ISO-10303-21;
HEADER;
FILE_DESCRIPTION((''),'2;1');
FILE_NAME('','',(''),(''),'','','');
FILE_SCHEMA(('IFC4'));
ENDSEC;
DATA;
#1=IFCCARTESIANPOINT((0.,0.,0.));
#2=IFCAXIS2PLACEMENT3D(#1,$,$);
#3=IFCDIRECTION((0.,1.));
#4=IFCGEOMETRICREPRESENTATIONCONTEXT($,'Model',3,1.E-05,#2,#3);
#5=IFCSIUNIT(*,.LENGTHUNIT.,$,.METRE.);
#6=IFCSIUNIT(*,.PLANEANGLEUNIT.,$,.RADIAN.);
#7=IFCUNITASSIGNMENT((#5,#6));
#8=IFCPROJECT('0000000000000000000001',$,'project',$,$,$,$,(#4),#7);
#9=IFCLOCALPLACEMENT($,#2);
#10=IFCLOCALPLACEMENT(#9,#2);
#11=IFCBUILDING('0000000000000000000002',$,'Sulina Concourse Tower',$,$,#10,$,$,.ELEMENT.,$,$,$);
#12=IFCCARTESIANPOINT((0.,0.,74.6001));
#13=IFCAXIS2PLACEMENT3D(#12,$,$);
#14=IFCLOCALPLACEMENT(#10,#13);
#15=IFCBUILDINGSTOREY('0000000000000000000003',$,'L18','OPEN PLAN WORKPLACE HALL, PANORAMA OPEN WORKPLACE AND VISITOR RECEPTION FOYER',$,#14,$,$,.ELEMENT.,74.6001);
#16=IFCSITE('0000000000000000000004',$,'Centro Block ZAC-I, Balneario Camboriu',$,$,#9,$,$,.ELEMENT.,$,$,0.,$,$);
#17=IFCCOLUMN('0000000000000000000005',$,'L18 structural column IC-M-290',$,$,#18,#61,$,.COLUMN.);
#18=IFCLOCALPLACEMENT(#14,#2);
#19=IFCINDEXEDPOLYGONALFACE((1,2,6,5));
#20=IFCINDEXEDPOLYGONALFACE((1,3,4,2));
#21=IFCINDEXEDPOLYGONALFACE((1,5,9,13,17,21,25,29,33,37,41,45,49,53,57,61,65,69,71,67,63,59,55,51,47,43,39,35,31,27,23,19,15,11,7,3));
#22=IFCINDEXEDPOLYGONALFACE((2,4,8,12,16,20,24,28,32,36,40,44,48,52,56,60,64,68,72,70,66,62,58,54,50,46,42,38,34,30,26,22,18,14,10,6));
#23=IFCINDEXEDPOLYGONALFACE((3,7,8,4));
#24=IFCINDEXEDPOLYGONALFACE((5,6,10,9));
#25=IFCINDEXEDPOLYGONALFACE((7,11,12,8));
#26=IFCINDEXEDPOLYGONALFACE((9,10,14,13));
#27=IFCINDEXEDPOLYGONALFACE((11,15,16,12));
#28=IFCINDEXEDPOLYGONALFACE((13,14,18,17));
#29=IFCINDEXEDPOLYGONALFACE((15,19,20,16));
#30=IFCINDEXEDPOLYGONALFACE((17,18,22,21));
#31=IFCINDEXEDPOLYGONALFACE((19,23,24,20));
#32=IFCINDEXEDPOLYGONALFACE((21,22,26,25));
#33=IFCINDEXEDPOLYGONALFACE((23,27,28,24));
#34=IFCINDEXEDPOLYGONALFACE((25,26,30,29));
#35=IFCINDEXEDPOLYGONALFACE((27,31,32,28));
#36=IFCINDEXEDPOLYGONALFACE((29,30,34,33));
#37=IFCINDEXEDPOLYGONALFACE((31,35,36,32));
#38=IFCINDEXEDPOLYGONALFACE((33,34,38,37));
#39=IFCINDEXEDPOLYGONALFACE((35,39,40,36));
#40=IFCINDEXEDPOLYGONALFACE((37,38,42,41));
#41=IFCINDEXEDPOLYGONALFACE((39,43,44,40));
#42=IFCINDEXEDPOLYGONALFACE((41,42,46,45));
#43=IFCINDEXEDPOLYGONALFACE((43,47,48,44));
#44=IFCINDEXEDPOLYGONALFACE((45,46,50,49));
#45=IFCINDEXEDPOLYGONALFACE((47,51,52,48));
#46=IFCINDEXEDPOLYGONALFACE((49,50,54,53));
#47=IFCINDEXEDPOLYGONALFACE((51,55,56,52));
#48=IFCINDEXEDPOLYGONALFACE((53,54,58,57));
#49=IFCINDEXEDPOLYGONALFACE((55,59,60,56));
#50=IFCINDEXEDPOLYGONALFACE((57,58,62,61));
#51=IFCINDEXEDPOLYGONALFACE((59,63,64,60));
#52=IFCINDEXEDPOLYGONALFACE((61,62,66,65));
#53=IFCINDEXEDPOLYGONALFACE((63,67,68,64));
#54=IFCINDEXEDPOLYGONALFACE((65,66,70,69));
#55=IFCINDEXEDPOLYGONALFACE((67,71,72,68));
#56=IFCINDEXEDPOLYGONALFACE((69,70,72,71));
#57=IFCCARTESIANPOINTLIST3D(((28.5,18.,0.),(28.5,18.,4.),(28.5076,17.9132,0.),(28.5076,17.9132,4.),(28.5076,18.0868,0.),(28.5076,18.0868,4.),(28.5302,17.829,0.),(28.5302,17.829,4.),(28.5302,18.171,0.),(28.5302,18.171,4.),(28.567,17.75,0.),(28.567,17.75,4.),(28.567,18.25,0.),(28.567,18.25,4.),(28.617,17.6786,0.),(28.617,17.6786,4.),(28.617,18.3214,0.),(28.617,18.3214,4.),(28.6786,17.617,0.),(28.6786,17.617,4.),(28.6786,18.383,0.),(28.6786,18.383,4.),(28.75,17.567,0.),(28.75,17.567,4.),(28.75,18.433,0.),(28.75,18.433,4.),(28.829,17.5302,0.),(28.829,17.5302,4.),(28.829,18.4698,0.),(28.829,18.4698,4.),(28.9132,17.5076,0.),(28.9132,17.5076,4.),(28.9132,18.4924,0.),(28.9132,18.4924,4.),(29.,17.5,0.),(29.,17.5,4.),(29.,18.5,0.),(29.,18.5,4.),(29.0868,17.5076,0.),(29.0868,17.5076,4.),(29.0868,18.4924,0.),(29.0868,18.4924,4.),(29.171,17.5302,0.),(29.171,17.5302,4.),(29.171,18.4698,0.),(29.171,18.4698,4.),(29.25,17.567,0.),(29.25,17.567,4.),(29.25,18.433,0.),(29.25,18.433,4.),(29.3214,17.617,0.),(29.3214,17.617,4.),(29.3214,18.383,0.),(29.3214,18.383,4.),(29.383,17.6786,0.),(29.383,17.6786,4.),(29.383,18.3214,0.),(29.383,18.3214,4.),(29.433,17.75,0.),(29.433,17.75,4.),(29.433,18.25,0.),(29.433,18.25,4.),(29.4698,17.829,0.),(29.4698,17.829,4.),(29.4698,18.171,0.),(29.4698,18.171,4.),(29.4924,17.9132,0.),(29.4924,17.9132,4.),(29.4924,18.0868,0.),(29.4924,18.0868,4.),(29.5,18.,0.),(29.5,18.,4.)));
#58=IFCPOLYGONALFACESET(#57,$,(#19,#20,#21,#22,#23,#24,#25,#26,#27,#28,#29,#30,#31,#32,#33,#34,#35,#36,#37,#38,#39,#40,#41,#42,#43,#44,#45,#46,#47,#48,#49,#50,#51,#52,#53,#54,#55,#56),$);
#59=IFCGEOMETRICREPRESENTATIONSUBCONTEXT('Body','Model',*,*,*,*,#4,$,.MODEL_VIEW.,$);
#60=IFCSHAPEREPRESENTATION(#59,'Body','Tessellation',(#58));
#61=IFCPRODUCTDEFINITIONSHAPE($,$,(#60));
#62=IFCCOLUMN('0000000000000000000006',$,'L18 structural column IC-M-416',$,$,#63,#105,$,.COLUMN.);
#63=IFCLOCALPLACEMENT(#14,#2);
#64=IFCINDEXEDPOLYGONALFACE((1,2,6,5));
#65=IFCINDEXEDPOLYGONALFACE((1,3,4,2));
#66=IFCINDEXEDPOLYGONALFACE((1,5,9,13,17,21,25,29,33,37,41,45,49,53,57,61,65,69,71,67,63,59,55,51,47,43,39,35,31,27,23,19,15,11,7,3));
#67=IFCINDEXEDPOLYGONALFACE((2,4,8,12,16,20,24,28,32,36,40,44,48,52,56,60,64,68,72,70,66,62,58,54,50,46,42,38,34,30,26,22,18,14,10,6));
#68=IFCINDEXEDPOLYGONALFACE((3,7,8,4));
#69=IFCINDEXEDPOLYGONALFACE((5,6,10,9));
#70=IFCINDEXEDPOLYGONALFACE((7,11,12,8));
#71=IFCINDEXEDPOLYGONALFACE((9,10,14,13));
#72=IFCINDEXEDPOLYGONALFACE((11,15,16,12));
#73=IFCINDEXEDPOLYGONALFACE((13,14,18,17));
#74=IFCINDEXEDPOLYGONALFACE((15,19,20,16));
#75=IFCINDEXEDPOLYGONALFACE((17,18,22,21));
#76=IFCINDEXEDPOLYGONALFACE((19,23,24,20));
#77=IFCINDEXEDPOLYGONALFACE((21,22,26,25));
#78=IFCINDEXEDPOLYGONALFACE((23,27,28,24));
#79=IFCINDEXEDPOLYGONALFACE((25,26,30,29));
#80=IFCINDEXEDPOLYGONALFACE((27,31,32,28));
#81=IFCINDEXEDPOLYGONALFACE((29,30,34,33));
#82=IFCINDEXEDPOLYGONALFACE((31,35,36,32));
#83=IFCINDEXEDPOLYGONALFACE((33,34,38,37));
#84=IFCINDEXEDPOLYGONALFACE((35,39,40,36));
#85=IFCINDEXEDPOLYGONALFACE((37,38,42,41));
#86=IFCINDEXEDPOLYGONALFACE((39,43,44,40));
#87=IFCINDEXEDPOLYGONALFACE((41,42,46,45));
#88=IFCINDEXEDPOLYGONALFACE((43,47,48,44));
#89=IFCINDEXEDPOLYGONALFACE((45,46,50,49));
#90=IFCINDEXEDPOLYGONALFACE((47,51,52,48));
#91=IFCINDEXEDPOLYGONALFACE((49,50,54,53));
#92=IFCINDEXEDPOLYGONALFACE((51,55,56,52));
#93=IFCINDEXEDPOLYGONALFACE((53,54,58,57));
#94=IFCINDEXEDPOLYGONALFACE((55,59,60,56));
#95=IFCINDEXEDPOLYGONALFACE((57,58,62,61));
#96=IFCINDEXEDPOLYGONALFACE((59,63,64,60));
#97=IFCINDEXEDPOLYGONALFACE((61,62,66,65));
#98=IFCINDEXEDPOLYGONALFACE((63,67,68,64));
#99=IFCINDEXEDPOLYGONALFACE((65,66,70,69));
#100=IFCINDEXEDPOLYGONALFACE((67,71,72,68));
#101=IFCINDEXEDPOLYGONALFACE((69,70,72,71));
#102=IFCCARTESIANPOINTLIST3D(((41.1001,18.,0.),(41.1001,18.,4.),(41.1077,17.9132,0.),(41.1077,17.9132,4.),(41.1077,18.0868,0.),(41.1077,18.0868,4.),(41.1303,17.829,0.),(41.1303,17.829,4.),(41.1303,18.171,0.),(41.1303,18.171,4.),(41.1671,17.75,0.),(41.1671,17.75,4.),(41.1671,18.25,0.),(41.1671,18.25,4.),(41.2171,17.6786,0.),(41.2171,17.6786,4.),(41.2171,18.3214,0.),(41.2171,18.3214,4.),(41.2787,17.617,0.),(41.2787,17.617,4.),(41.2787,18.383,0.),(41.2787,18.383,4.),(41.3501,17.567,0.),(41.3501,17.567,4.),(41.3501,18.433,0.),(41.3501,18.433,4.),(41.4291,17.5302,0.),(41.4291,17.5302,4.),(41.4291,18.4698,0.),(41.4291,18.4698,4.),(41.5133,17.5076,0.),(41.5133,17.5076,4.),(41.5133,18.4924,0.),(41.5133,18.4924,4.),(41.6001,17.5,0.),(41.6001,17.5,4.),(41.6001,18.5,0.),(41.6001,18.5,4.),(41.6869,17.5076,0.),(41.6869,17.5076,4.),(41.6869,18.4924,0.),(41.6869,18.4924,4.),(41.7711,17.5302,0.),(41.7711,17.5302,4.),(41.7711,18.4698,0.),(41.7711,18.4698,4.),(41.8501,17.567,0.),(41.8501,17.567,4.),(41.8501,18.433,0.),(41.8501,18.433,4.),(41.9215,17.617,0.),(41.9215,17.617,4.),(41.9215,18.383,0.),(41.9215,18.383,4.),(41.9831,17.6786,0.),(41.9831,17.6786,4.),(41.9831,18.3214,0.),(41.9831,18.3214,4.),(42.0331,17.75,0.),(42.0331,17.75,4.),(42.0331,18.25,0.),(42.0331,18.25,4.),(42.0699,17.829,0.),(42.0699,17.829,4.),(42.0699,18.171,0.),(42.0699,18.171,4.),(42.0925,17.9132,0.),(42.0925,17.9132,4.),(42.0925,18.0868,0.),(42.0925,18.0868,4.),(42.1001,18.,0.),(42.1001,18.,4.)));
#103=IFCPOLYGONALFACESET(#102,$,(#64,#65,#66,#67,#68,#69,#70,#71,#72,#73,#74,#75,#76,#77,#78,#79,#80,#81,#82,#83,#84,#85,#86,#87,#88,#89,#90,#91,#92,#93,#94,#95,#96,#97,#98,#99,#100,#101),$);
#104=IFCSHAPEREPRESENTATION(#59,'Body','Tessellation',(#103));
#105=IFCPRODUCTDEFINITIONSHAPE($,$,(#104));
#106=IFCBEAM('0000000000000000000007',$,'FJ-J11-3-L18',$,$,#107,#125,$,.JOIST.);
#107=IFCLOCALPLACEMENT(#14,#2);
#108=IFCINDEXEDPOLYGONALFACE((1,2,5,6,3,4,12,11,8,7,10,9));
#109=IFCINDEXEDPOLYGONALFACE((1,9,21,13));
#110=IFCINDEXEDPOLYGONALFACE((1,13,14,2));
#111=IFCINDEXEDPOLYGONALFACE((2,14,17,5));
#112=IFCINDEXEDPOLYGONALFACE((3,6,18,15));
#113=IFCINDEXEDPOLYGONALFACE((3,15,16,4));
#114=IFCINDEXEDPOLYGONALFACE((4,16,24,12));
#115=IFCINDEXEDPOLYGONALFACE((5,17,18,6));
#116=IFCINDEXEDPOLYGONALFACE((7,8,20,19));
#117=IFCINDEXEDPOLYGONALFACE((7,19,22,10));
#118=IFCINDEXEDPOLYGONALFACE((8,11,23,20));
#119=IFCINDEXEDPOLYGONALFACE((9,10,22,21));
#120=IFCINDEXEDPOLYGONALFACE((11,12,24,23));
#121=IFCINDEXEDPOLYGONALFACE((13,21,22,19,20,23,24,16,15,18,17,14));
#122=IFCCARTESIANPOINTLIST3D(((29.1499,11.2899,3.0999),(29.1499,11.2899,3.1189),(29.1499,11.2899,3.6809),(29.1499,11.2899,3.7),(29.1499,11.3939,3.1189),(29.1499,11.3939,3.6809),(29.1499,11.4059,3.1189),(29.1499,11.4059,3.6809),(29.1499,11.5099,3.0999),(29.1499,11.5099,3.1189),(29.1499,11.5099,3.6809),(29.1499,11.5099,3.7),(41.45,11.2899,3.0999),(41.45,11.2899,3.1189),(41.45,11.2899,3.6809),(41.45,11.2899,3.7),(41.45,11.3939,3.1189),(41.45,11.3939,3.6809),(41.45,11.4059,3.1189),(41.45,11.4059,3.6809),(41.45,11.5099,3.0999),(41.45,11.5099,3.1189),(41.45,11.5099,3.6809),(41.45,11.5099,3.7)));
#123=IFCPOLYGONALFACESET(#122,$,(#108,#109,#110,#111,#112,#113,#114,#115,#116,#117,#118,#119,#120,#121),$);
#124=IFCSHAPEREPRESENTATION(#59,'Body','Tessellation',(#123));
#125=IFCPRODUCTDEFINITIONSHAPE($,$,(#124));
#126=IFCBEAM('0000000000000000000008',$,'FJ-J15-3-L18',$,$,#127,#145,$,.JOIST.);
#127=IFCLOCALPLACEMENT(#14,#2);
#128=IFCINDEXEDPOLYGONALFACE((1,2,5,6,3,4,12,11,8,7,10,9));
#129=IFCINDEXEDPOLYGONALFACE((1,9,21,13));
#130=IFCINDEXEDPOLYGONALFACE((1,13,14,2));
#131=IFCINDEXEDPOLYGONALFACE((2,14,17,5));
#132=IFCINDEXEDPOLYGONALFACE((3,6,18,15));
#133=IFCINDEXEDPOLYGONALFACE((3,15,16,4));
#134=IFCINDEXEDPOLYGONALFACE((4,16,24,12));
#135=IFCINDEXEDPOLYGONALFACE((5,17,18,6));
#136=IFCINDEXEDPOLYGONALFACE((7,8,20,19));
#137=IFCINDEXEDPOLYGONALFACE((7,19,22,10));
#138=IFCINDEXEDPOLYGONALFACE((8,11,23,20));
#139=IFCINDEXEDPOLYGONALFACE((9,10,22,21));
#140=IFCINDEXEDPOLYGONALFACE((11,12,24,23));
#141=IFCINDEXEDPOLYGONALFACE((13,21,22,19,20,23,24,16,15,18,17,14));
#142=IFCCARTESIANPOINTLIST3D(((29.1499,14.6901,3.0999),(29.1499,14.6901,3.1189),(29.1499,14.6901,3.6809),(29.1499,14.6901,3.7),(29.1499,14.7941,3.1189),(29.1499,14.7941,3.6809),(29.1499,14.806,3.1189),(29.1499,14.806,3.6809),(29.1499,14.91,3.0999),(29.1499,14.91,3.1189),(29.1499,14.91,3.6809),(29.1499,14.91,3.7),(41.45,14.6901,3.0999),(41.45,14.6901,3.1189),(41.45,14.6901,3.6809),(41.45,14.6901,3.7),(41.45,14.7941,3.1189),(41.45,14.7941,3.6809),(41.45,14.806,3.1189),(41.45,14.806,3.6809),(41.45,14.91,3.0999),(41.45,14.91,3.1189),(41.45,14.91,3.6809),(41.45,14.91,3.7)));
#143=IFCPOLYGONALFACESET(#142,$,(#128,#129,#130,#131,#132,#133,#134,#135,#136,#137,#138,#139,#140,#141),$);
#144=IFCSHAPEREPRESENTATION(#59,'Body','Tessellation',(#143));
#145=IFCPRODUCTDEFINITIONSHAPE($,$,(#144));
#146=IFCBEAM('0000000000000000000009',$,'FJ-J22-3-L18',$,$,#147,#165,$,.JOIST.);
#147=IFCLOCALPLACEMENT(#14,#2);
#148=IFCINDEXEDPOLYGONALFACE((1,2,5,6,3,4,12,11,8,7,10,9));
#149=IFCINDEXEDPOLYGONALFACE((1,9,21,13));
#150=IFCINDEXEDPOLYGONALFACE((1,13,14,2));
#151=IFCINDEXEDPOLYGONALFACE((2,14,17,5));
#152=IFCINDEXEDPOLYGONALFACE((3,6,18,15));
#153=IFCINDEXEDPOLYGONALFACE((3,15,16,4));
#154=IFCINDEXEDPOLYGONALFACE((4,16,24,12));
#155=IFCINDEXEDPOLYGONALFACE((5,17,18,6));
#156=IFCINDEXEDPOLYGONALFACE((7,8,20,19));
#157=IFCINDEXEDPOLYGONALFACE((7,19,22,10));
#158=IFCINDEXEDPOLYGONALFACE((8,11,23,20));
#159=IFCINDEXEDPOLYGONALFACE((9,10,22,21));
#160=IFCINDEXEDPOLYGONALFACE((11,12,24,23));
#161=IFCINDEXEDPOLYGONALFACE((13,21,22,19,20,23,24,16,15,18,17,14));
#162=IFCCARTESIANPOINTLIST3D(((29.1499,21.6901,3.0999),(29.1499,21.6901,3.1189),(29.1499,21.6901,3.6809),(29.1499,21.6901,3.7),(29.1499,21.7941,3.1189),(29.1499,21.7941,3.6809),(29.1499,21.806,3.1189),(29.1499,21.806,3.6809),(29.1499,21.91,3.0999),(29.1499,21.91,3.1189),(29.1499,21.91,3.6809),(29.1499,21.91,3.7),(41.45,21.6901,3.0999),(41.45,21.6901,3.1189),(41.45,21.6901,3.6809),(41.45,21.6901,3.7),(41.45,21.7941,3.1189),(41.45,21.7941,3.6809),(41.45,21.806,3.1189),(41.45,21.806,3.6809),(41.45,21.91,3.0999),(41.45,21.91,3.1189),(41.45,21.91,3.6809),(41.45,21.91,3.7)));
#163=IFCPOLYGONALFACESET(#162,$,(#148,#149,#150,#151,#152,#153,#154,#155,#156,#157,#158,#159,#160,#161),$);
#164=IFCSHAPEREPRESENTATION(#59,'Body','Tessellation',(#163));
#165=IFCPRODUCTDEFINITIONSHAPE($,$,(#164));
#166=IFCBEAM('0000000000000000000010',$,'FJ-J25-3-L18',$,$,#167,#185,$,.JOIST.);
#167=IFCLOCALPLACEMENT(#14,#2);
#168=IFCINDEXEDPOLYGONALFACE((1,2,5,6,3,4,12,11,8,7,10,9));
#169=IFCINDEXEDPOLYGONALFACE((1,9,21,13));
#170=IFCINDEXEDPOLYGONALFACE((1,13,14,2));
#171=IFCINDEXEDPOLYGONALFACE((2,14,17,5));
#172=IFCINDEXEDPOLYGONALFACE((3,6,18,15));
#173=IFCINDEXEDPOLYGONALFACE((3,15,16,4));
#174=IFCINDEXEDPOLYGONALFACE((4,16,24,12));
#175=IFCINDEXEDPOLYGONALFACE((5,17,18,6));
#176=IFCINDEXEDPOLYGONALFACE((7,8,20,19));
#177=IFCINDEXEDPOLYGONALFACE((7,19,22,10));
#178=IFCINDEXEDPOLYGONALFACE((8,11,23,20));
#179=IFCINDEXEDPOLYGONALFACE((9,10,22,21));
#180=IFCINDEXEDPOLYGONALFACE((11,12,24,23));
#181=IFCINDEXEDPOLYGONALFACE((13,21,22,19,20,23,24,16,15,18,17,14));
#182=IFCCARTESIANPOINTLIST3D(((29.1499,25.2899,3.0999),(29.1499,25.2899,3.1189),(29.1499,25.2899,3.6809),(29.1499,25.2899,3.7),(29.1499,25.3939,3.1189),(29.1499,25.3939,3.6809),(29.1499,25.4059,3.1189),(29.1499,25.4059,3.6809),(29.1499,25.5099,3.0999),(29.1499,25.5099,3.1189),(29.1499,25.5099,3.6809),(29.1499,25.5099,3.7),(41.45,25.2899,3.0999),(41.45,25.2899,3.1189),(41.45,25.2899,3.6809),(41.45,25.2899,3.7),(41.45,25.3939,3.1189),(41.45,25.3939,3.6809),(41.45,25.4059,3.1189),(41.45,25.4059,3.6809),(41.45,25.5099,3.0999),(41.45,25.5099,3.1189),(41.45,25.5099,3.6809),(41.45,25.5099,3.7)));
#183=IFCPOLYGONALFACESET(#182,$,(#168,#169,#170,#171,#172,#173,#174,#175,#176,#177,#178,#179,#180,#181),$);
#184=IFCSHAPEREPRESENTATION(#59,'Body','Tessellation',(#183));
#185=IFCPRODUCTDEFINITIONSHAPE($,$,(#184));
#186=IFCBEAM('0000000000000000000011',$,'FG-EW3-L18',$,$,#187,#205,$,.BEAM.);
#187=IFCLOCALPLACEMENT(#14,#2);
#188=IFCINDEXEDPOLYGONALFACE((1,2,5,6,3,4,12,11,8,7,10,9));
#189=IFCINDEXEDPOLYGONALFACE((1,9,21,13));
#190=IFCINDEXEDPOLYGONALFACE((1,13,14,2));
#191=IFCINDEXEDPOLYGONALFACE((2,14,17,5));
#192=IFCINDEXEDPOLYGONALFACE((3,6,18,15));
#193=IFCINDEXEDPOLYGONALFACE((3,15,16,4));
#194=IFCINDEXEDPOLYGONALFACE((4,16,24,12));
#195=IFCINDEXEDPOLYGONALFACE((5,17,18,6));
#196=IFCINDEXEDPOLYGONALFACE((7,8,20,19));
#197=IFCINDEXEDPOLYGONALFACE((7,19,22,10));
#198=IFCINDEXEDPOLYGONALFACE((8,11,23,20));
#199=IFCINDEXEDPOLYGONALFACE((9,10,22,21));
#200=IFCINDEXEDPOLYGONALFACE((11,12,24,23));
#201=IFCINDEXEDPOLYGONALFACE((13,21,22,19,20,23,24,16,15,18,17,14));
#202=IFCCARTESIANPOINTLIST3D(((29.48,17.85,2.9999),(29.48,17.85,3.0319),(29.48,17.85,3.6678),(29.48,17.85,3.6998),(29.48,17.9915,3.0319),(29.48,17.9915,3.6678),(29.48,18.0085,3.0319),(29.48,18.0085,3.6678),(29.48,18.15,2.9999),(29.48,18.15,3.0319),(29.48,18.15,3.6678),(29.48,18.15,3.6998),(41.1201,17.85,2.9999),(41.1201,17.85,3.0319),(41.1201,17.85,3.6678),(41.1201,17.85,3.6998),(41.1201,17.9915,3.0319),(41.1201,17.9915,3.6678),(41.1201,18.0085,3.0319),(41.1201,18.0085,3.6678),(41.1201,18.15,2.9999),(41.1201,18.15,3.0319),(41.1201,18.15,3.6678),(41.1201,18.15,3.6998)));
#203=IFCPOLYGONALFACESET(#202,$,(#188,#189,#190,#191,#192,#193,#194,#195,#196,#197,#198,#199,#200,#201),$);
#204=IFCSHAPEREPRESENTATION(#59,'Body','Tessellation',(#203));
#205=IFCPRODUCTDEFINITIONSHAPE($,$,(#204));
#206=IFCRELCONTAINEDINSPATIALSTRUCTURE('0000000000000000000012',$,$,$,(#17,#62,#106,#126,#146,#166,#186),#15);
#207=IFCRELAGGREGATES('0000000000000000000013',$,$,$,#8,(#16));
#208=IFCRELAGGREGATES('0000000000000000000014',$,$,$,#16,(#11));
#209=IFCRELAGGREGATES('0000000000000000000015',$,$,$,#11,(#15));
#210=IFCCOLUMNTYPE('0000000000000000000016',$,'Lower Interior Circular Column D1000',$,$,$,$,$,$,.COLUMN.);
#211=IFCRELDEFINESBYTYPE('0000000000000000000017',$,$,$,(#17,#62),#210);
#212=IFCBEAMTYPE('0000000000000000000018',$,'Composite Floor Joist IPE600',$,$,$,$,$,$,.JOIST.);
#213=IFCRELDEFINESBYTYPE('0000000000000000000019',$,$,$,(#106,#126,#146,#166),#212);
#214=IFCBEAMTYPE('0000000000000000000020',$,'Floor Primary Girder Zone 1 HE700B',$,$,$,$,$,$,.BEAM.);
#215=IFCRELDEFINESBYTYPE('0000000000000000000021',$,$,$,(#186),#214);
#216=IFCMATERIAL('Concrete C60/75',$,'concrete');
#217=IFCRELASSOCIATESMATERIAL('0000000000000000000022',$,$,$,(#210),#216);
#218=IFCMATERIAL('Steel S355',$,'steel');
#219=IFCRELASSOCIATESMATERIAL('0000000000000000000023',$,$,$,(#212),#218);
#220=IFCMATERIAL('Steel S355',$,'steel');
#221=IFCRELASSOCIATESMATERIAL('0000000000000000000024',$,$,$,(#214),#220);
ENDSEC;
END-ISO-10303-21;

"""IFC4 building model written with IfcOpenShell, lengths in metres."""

from ifc_helpers import new_model, si_unit, direction, frame, origin, origin_2d, place, context, subcontext, project, spatial, circle, i_section, extrude, material, material_profile, profile_set, type_object, element, save


model = new_model("IFC4")

# Units and contexts
model_context = context("Model", 3, precision=1e-05, world=origin(), true_north=direction((0.0, 1.0)))
body_context = subcontext(model_context, "Body", "Model", "MODEL_VIEW")
ifc_project = project(units=[si_unit("LENGTHUNIT", "METRE"), si_unit("PLANEANGLEUNIT", "RADIAN")], contexts=[model_context])

# Site, building, storey
site_placement = place(None, origin())
site = spatial("IfcSite", under=ifc_project, at=site_placement, Name="Centro Block ZAC-I, Balneario Camboriu", CompositionType="ELEMENT", RefElevation=0.0)
building_placement = place(site_placement, origin())
building = spatial("IfcBuilding", under=site, at=building_placement, Name="Sulina Concourse Tower", CompositionType="ELEMENT")
storey_placement = place(building_placement, frame((0.0, 0.0, 74.6001)))
storey = spatial("IfcBuildingStorey", under=building, at=storey_placement, Name="L18", Description="OPEN PLAN WORKPLACE HALL, PANORAMA OPEN WORKPLACE AND VISITOR RECEPTION FOYER", CompositionType="ELEMENT", Elevation=74.6001)

# Columns
ifc_material_1 = material(Name="Concrete C60/75", Category="concrete")
ifc_material_profile_1 = material_profile(ifc_material_1, circle(Radius=0.5, at=origin_2d()), Name="RC D1000")
ifc_profile_set_1 = profile_set([ifc_material_profile_1], Name="Concrete C60/75")
column_type = type_object("IfcColumnType", Name="Lower Interior Circular Column D1000", PredefinedType="COLUMN", material=ifc_profile_set_1)
for number, where, z_axis, x_axis, name in (
    (1, (29.0, 18.0, 0.0), (0.0, 0.0, 1.0), (1.0, 0.0, 0.0), "L18 structural column IC-M-290"),
    (2, (41.6001, 18.0, 0.0), (0.0, 0.0, 1.0), (1.0, 0.0, 0.0), "L18 structural column IC-M-416"),
):
    element("IfcColumn", number, at=place(storey_placement, frame(where, z_axis=z_axis, x_axis=x_axis)), inside=storey, type_object=column_type, Name=name, PredefinedType="COLUMN", context=body_context, shape_type="SweptSolid", body=[
        extrude(circle(Radius=0.5, at=origin_2d()), origin(), (0.0, 0.0, 1.0), 4.0),
    ])

# Beams
ifc_material_2 = material(Name="Steel S355", Category="steel")
ifc_material_profile_2 = material_profile(ifc_material_2, i_section(OverallWidth=0.22, OverallDepth=0.6001, WebThickness=0.012, FlangeThickness=0.019, at=origin_2d()), Name="IPE 600")
ifc_profile_set_2 = profile_set([ifc_material_profile_2], Name="Steel S355")
beam_type_1 = type_object("IfcBeamType", Name="Composite Floor Joist IPE600", PredefinedType="JOIST", material=ifc_profile_set_2)
for number, where, z_axis, x_axis, name in (
    (3, (29.1499, 11.3999, 3.3999), (1.0, 0.0, 0.0), (0.0, 1.0, 0.0), "FJ-J11-3-L18"),
    (4, (29.1499, 14.8, 3.3999), (1.0, 0.0, 0.0), (0.0, 1.0, 0.0), "FJ-J15-3-L18"),
    (5, (29.1499, 21.8, 3.3999), (1.0, 0.0, 0.0), (0.0, 1.0, 0.0), "FJ-J22-3-L18"),
    (6, (29.1499, 25.3999, 3.3999), (1.0, 0.0, 0.0), (0.0, 1.0, 0.0), "FJ-J25-3-L18"),
):
    element("IfcBeam", number, at=place(storey_placement, frame(where, z_axis=z_axis, x_axis=x_axis)), inside=storey, type_object=beam_type_1, Name=name, PredefinedType="JOIST", context=body_context, shape_type="SweptSolid", body=[
        extrude(i_section(OverallWidth=0.22, OverallDepth=0.6001, WebThickness=0.012, FlangeThickness=0.019, at=origin_2d()), origin(), (0.0, 0.0, 1.0), 12.3),
    ])
ifc_material_3 = material(Name="Steel S355", Category="steel")
ifc_material_profile_3 = material_profile(ifc_material_3, i_section(OverallWidth=0.3, OverallDepth=0.7, WebThickness=0.0171, FlangeThickness=0.032, at=origin_2d()), Name="HE 700 B")
ifc_profile_set_3 = profile_set([ifc_material_profile_3], Name="Steel S355")
beam_type_2 = type_object("IfcBeamType", Name="Floor Primary Girder Zone 1 HE700B", PredefinedType="BEAM", material=ifc_profile_set_3)
beam_placement = place(storey_placement, frame((29.48, 18.0, 3.3499), z_axis=(1.0, 0.0, 0.0), x_axis=(0.0, 1.0, 0.0)))
element("IfcBeam", 7, at=beam_placement, inside=storey, type_object=beam_type_2, Name="FG-EW3-L18", PredefinedType="BEAM", context=body_context, shape_type="SweptSolid", body=[
    extrude(i_section(OverallWidth=0.3, OverallDepth=0.7, WebThickness=0.0171, FlangeThickness=0.032, at=origin_2d()), origin(), (0.0, 0.0, 1.0), 11.6401),
])

save(model, "model.ifc")
